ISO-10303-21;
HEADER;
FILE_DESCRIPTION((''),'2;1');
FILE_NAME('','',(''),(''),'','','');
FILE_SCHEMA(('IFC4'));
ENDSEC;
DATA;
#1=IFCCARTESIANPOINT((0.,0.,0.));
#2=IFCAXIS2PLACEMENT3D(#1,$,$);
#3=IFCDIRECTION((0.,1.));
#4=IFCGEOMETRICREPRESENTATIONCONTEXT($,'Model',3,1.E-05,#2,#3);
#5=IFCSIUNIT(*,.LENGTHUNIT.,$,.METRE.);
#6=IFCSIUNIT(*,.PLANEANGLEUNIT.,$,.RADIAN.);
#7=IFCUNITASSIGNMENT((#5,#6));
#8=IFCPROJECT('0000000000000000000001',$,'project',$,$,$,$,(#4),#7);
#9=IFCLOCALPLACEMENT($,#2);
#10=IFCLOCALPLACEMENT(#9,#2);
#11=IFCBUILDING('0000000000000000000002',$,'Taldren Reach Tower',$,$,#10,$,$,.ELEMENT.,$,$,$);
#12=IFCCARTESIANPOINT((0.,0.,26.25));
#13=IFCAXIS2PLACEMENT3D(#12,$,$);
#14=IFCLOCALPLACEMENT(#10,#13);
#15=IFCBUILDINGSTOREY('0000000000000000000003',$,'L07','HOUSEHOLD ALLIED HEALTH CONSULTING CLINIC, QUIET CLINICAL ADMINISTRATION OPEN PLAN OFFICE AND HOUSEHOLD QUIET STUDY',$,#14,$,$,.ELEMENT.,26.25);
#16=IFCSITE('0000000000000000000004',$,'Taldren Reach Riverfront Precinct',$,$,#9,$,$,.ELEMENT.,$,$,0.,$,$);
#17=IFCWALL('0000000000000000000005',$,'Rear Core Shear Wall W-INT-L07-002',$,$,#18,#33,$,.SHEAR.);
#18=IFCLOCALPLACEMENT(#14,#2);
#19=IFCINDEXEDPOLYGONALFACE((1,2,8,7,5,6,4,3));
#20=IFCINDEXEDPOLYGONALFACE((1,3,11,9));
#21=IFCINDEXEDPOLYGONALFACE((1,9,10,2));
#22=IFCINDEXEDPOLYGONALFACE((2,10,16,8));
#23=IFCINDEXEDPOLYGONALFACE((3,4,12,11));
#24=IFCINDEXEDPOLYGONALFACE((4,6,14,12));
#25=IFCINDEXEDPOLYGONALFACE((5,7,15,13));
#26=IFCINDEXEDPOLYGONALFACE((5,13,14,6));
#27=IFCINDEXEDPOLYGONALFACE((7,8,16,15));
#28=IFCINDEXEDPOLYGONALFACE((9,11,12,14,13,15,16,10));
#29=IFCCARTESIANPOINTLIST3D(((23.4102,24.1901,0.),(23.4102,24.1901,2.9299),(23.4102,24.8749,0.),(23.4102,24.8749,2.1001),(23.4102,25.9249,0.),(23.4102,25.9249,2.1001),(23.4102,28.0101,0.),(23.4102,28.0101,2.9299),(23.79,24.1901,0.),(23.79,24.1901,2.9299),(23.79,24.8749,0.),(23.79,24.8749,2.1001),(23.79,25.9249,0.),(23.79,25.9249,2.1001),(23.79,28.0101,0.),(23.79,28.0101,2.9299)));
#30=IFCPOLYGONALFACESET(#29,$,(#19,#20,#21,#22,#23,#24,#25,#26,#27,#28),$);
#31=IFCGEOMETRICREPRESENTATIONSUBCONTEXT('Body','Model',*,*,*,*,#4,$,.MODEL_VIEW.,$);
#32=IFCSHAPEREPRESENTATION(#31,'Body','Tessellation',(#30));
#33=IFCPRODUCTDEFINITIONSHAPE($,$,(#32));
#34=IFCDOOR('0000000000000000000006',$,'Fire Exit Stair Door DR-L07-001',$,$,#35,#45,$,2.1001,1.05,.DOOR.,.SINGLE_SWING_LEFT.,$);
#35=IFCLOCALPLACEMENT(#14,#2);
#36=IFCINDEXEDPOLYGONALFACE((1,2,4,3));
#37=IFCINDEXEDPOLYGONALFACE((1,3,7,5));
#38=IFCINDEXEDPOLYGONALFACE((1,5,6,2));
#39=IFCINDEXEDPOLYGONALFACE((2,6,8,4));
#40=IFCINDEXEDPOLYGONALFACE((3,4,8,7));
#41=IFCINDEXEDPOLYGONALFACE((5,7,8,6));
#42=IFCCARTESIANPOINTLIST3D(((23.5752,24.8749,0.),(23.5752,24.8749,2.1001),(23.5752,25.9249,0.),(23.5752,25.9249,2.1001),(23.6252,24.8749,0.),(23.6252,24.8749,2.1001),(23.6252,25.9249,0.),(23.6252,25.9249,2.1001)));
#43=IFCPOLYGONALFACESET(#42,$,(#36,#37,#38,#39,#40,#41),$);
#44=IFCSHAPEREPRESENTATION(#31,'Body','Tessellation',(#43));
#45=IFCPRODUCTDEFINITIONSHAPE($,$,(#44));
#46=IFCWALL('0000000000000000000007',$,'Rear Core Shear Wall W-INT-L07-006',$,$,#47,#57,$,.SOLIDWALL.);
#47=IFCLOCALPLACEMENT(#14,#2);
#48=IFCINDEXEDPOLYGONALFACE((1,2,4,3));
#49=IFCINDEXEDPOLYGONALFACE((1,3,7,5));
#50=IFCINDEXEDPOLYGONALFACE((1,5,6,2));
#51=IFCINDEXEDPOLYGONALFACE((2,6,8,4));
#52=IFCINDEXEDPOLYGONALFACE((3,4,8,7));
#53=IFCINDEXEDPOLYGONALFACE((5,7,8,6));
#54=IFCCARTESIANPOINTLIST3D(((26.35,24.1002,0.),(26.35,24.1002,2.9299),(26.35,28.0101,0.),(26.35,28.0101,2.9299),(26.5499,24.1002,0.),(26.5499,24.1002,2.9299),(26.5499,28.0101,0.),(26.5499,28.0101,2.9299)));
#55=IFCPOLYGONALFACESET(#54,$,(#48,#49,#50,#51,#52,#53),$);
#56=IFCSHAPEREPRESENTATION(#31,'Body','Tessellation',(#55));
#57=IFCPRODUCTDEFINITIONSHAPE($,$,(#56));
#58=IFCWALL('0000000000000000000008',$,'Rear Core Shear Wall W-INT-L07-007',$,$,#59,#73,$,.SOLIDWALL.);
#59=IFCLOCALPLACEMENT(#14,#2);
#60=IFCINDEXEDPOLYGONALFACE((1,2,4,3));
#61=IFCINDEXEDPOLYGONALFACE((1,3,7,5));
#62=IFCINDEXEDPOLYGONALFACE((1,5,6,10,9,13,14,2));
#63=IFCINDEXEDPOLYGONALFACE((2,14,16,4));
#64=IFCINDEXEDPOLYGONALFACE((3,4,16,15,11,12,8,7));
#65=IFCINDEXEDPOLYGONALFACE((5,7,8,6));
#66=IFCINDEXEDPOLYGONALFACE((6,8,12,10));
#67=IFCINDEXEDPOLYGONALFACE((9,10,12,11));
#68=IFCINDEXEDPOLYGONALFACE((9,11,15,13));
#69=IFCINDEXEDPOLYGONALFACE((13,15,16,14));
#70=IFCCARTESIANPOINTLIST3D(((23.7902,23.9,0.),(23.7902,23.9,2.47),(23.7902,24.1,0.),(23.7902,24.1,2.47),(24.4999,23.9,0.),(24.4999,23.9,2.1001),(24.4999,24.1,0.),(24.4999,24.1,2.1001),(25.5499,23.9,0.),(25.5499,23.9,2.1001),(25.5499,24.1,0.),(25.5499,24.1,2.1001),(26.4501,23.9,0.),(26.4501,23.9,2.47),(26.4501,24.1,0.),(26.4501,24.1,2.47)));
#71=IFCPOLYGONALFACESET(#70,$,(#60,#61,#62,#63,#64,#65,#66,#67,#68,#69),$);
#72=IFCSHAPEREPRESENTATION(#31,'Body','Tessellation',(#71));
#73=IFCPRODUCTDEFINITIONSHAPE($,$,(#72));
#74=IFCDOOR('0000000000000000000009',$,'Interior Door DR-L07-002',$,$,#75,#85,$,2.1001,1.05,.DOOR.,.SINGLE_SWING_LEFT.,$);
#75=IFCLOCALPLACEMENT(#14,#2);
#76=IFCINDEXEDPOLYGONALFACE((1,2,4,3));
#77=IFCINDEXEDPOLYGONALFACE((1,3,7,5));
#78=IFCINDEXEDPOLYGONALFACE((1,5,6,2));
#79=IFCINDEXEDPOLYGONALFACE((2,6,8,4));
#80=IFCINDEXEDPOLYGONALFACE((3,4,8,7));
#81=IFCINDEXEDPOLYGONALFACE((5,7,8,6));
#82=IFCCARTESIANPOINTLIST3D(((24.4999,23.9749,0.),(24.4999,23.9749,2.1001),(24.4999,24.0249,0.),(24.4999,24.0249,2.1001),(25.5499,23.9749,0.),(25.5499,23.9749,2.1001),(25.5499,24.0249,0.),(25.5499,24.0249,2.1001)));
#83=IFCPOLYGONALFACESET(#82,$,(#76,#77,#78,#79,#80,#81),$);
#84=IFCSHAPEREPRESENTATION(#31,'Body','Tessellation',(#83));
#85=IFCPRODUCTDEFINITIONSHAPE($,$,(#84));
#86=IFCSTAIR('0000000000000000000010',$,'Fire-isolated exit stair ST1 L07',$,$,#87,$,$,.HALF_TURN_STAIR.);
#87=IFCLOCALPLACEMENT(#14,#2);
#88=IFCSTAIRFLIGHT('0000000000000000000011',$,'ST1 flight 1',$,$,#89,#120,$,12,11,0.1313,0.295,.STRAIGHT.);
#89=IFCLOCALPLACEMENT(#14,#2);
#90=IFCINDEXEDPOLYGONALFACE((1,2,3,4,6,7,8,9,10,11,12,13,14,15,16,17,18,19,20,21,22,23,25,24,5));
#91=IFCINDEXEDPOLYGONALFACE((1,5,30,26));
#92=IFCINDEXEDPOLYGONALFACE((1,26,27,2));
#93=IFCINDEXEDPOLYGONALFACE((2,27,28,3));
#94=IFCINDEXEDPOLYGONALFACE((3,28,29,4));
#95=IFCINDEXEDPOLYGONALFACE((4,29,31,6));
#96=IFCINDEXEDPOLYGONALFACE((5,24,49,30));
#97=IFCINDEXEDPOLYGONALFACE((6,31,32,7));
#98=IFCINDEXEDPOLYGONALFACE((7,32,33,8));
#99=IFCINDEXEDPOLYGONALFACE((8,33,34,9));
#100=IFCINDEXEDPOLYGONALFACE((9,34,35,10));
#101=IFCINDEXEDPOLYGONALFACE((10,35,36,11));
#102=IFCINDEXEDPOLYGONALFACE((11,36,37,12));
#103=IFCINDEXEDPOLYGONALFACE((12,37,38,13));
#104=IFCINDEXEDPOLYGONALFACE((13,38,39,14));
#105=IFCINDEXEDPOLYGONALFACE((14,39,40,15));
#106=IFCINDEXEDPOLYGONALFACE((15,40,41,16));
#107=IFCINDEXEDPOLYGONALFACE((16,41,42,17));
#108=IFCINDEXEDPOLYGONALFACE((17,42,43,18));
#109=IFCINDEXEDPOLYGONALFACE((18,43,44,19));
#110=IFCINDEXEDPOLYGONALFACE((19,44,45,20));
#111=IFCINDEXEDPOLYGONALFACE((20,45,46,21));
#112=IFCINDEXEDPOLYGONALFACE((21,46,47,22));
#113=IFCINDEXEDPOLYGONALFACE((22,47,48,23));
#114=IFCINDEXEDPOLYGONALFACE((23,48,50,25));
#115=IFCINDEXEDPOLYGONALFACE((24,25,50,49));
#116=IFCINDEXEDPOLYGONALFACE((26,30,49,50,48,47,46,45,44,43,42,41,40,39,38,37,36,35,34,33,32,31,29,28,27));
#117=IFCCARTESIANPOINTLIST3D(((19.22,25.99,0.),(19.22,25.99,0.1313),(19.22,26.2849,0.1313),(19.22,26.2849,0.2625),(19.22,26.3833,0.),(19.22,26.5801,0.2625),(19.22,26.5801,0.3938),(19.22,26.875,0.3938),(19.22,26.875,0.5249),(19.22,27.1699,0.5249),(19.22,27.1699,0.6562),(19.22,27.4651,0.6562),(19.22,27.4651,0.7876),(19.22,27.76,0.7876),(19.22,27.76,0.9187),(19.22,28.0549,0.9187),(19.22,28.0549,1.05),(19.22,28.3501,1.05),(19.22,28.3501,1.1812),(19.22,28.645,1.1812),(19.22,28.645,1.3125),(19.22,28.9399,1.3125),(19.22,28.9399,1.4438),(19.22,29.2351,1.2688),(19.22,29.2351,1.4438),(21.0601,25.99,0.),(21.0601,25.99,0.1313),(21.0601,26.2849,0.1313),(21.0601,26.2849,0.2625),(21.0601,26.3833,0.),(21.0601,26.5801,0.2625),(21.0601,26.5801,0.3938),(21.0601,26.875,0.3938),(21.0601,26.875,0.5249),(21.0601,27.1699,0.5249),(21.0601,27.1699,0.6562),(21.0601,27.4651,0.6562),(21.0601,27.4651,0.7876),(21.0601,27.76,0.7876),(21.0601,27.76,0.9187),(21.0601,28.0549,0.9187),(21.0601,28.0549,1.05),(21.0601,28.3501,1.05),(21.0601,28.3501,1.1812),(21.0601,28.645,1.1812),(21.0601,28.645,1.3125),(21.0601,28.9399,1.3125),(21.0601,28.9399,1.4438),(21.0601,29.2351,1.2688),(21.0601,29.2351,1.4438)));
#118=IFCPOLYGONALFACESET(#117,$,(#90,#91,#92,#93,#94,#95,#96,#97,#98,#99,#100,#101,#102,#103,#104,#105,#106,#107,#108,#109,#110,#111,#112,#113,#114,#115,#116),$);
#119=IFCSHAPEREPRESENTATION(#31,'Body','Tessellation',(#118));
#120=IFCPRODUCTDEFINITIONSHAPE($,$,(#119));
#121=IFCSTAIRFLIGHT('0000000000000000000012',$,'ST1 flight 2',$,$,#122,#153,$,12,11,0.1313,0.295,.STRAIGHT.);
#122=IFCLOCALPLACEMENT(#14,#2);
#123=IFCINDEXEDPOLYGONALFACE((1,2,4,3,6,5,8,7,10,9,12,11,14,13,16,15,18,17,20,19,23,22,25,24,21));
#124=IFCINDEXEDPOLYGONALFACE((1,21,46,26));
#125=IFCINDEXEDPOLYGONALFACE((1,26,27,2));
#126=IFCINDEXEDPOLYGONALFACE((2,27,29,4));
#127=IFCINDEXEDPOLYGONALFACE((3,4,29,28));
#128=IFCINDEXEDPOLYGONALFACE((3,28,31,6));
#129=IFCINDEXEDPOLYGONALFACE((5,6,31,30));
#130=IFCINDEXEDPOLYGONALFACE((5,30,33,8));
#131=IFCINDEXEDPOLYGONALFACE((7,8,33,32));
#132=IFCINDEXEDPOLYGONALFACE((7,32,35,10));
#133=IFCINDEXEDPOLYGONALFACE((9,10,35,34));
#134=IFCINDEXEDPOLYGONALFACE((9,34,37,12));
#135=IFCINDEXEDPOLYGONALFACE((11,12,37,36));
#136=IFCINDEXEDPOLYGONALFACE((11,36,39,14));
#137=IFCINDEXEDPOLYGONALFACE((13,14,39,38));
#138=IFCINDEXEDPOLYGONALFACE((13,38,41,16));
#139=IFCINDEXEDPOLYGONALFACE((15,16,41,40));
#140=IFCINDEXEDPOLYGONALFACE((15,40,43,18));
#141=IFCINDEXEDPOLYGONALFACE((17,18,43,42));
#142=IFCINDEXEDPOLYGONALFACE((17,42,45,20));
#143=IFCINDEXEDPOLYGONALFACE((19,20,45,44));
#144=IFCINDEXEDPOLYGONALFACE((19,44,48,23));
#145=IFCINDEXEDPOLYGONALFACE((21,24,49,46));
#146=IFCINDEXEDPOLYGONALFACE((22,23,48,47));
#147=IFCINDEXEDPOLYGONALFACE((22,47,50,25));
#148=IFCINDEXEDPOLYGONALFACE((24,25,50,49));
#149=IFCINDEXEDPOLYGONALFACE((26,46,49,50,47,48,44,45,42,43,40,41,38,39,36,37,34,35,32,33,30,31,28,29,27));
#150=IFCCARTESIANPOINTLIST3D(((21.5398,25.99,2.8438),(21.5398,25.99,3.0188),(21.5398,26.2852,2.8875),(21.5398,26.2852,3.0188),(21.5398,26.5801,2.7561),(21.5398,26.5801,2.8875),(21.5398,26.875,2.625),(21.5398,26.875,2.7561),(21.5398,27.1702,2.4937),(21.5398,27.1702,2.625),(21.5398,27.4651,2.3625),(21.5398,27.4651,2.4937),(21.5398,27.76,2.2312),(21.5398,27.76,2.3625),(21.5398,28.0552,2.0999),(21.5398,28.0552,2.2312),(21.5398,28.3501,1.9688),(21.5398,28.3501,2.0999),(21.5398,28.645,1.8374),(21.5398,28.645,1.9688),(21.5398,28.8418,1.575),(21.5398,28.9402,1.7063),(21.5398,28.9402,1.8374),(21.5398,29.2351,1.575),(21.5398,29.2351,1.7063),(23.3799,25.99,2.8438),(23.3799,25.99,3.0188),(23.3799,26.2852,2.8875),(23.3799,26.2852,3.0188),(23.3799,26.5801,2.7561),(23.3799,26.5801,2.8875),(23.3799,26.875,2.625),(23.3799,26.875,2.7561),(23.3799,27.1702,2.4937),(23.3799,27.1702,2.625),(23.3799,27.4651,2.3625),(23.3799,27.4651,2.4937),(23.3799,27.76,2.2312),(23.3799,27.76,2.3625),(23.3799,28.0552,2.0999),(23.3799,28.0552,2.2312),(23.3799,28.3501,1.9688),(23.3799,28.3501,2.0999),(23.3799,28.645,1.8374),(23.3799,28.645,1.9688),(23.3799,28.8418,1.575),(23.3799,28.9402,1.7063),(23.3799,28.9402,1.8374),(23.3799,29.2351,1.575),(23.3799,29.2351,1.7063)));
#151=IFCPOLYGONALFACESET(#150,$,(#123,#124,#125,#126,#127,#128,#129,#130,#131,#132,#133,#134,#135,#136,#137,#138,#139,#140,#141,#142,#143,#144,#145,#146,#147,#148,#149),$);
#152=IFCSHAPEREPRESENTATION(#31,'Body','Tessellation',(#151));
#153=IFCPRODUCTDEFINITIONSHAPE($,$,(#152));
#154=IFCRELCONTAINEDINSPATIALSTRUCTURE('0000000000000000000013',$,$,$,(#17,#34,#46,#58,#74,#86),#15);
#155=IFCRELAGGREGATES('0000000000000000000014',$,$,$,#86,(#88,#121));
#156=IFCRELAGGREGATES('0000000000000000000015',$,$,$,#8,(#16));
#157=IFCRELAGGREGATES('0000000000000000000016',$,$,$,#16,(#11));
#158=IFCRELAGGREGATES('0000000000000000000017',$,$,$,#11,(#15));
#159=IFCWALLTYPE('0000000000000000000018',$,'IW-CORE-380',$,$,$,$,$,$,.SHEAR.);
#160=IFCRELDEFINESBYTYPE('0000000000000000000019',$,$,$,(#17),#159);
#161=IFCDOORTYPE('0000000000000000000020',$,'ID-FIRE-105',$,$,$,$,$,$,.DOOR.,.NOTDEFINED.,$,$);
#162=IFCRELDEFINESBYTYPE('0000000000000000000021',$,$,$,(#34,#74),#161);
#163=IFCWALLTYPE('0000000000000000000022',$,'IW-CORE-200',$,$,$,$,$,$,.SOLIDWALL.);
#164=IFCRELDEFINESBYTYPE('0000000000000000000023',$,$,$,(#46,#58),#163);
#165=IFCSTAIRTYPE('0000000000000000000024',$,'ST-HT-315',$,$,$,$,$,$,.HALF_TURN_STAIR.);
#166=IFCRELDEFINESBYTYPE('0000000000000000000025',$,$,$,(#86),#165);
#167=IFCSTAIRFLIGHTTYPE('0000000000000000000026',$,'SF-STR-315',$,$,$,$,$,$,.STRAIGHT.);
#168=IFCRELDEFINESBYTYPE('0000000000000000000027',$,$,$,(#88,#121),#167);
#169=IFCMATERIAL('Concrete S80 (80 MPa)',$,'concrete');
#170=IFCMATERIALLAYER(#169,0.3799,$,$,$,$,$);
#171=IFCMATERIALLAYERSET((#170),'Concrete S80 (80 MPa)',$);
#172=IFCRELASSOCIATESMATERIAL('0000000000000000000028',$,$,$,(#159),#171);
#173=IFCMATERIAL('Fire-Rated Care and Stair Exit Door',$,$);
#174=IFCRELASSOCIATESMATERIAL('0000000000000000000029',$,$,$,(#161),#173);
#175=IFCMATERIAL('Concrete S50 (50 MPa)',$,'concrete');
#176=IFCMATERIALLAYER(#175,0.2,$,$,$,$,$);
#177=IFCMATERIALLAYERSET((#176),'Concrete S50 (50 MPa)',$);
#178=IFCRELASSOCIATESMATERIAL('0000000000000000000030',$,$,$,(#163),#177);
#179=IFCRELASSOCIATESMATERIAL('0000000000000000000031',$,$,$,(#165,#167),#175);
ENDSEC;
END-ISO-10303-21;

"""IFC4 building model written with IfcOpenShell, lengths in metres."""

from ifc_helpers import new_model, si_unit, direction, frame, frame_2d, origin, place, context, subcontext, project, spatial, polyline, rectangle, outline, extrude, source, transform, mapped, material, layer, layer_set, type_object, element, fill, aggregate, save


model = new_model("IFC4")

# Units and contexts
model_context = context("Model", 3, precision=1e-05, world=origin(), true_north=direction((0.0, 1.0)))
body_context = subcontext(model_context, "Body", "Model", "MODEL_VIEW")
ifc_project = project(units=[si_unit("LENGTHUNIT", "METRE"), si_unit("PLANEANGLEUNIT", "RADIAN")], contexts=[model_context])

# Site, building, storey
site_placement = place(None, origin())
site = spatial("IfcSite", under=ifc_project, at=site_placement, Name="Taldren Reach Riverfront Precinct", CompositionType="ELEMENT", RefElevation=0.0)
building_placement = place(site_placement, origin())
building = spatial("IfcBuilding", under=site, at=building_placement, Name="Taldren Reach Tower", CompositionType="ELEMENT")
storey_placement = place(building_placement, frame((0.0, 0.0, 26.25)))
storey = spatial("IfcBuildingStorey", under=building, at=storey_placement, Name="L07", Description="HOUSEHOLD ALLIED HEALTH CONSULTING CLINIC, QUIET CLINICAL ADMINISTRATION OPEN PLAN OFFICE AND HOUSEHOLD QUIET STUDY", CompositionType="ELEMENT", Elevation=26.25)

# Shared definitions
ifc_material_1 = material(Name="Concrete S80 (80 MPa)", Category="concrete")
ifc_layer_1 = layer(ifc_material_1, 0.3799)
ifc_layer_set_1 = layer_set([ifc_layer_1], Name="Concrete S80 (80 MPa)")
wall_type_1 = type_object("IfcWallType", Name="IW-CORE-380", PredefinedType="SHEAR", material=ifc_layer_set_1)

# Wall, opening, door
shared_shape_1 = source(origin(), body_context, "Body", "SweptSolid", [
    extrude(rectangle(XDim=3.8201, YDim=0.3799, at=frame_2d((1.9102, 0.0))), origin(), (0.0, 0.0, 1.0), 2.9299),
])
wall_1_placement = place(storey_placement, frame((23.6001, 24.1899, 0.0), z_axis=(0.0, 0.0, 1.0), x_axis=(0.0, 1.0, 0.0)))
wall_1 = element("IfcWall", 1, at=wall_1_placement, inside=storey, type_object=wall_type_1, Name="Rear Core Shear Wall W-INT-L07-002", PredefinedType="SHEAR", context=body_context, shape_type="MappedRepresentation", body=[
    mapped(shared_shape_1, transform((0.0, 0.0, 0.0), scale=1.0)),
])
shared_shape_2 = source(origin(), body_context, "Body", "SweptSolid", [
    extrude(rectangle(XDim=1.05, YDim=2.1001, at=frame_2d((0.5249, 1.05))), frame((0.0, 0.2, 0.0), z_axis=(0.0, -1.0, 0.0), x_axis=(1.0, 0.0, 0.0)), (0.0, 0.0, 1.0), 0.3999),
])
opening_1_placement = place(wall_1_placement, frame((0.6851, 0.0, 0.0)))
opening_1 = element("IfcOpeningElement", 2, at=opening_1_placement, cuts=wall_1, PredefinedType="OPENING", context=body_context, shape_type="MappedRepresentation", body=[
    mapped(shared_shape_2, transform((0.0, 0.0, 0.0), scale=1.0)),
])
ifc_material_2 = material(Name="Fire-Rated Care and Stair Exit Door")
door_type_1 = type_object("IfcDoorType", Name="ID-FIRE-105", OperationType="NOTDEFINED", PredefinedType="DOOR", material=ifc_material_2)
shared_shape_3 = source(origin(), body_context, "Body", "SweptSolid", [
    extrude(rectangle(XDim=1.05, YDim=2.1001, at=frame_2d((0.5249, 1.05))), frame((0.0, 0.0249, 0.0), z_axis=(0.0, -1.0, 0.0), x_axis=(1.0, 0.0, 0.0)), (0.0, 0.0, 1.0), 0.05),
])
door_1_placement = place(opening_1_placement, origin())
door_1 = element("IfcDoor", 3, at=door_1_placement, inside=storey, type_object=door_type_1, Name="Fire Exit Stair Door DR-L07-001", OperationType="SINGLE_SWING_LEFT", OverallHeight=2.1001, OverallWidth=1.05, PredefinedType="DOOR", context=body_context, shape_type="MappedRepresentation", body=[
    mapped(shared_shape_3, transform((0.0, 0.0, 0.0), scale=1.0)),
])
fill(opening_1, door_1)

# Wall
ifc_material_3 = material(Name="Concrete S50 (50 MPa)", Category="concrete")
ifc_layer_2 = layer(ifc_material_3, 0.2)
ifc_layer_set_2 = layer_set([ifc_layer_2], Name="Concrete S50 (50 MPa)")
wall_type_2 = type_object("IfcWallType", Name="IW-CORE-200", PredefinedType="SOLIDWALL", material=ifc_layer_set_2)
shared_shape_4 = source(origin(), body_context, "Body", "SweptSolid", [
    extrude(rectangle(XDim=3.9099, YDim=0.2, at=frame_2d((1.9551, 0.0))), origin(), (0.0, 0.0, 1.0), 2.9299),
])
wall_2_placement = place(storey_placement, frame((26.45, 24.1001, 0.0), z_axis=(0.0, 0.0, 1.0), x_axis=(0.0, 1.0, 0.0)))
element("IfcWall", 4, at=wall_2_placement, inside=storey, type_object=wall_type_2, Name="Rear Core Shear Wall W-INT-L07-006", PredefinedType="SOLIDWALL", context=body_context, shape_type="MappedRepresentation", body=[
    mapped(shared_shape_4, transform((0.0, 0.0, 0.0), scale=1.0)),
])

# Wall, opening, door
shared_shape_5 = source(origin(), body_context, "Body", "SweptSolid", [
    extrude(rectangle(XDim=2.6599, YDim=0.2, at=frame_2d((1.3301, 0.0))), origin(), (0.0, 0.0, 1.0), 2.47),
])
wall_3_placement = place(storey_placement, frame((23.79, 24.0, 0.0), z_axis=(0.0, 0.0, 1.0), x_axis=(1.0, 0.0, 0.0)))
wall_3 = element("IfcWall", 5, at=wall_3_placement, inside=storey, type_object=wall_type_2, Name="Rear Core Shear Wall W-INT-L07-007", PredefinedType="SOLIDWALL", context=body_context, shape_type="MappedRepresentation", body=[
    mapped(shared_shape_5, transform((0.0, 0.0, 0.0), scale=1.0)),
])
shared_shape_6 = source(origin(), body_context, "Body", "SweptSolid", [
    extrude(rectangle(XDim=1.05, YDim=2.1001, at=frame_2d((0.5249, 1.05))), frame((0.0, 0.1099, 0.0), z_axis=(0.0, -1.0, 0.0), x_axis=(1.0, 0.0, 0.0)), (0.0, 0.0, 1.0), 0.22),
])
opening_2_placement = place(wall_3_placement, frame((0.71, 0.0, 0.0)))
opening_2 = element("IfcOpeningElement", 6, at=opening_2_placement, cuts=wall_3, PredefinedType="OPENING", context=body_context, shape_type="MappedRepresentation", body=[
    mapped(shared_shape_6, transform((0.0, 0.0, 0.0), scale=1.0)),
])
door_2_placement = place(opening_2_placement, origin())
door_2 = element("IfcDoor", 7, at=door_2_placement, inside=storey, type_object=door_type_1, Name="Interior Door DR-L07-002", OperationType="SINGLE_SWING_LEFT", OverallHeight=2.1001, OverallWidth=1.05, PredefinedType="DOOR", context=body_context, shape_type="MappedRepresentation", body=[
    mapped(shared_shape_3, transform((0.0, 0.0, 0.0), scale=1.0)),
])
fill(opening_2, door_2)

# Stair, stair flights
stair_type = type_object("IfcStairType", Name="ST-HT-315", PredefinedType="HALF_TURN_STAIR", material=ifc_material_3)
stair_placement = place(storey_placement, origin())
stair = element("IfcStair", 8, at=stair_placement, inside=storey, type_object=stair_type, Name="Fire-isolated exit stair ST1 L07", PredefinedType="HALF_TURN_STAIR")
stair_flight_type = type_object("IfcStairFlightType", Name="SF-STR-315", PredefinedType="STRAIGHT", material=ifc_material_3)
stair_flight_1_placement = place(storey_placement, frame((20.1399, 25.99, 0.0), z_axis=(0.0, 0.0, 1.0), x_axis=(0.0, 1.0, 0.0)))
stair_flight_1 = element("IfcStairFlight", 9, at=stair_flight_1_placement, type_object=stair_flight_type, Name="ST1 flight 1", NumberOfRisers=12, NumberOfTreads=11, PredefinedType="STRAIGHT", RiserHeight=0.1313, TreadLength=0.295, context=body_context, shape_type="SweptSolid", body=[
    extrude(outline(polyline([(0.0, 0.0), (0.0, 0.1313), (0.2949, 0.1313), (0.2949, 0.2625), (0.5901, 0.2625), (0.5901, 0.3938), (0.885, 0.3938), (0.885, 0.5249), (1.1799, 0.5249), (1.1799, 0.6562), (1.4751, 0.6562), (1.4751, 0.7876), (1.77, 0.7876), (1.77, 0.9187), (2.0649, 0.9187), (2.0649, 1.05), (2.3601, 1.05), (2.3601, 1.1812), (2.655, 1.1812), (2.655, 1.3125), (2.95, 1.3125), (2.95, 1.4438), (3.2451, 1.4438), (3.2451, 1.575), (3.2451, 1.2688), (0.3933, 0.0), (0.0, 0.0)])), frame((0.0, 0.9199, 0.0), z_axis=(0.0, -1.0, 0.0), x_axis=(1.0, 0.0, 0.0)), (0.0, 0.0, 1.0), 1.8401),
])
stair_flight_2_placement = place(storey_placement, frame((22.46, 29.2351, 1.575), z_axis=(0.0, 0.0, 1.0), x_axis=(0.0, -1.0, 0.0)))
stair_flight_2 = element("IfcStairFlight", 10, at=stair_flight_2_placement, type_object=stair_flight_type, Name="ST1 flight 2", NumberOfRisers=12, NumberOfTreads=11, PredefinedType="STRAIGHT", RiserHeight=0.1313, TreadLength=0.295, context=body_context, shape_type="SweptSolid", body=[
    extrude(outline(polyline([(0.0, 0.0), (0.0, 0.1313), (0.2949, 0.1313), (0.2949, 0.2625), (0.5901, 0.2625), (0.5901, 0.3938), (0.885, 0.3938), (0.885, 0.5249), (1.1799, 0.5249), (1.1799, 0.6562), (1.4751, 0.6562), (1.4751, 0.7876), (1.77, 0.7876), (1.77, 0.9187), (2.0649, 0.9187), (2.0649, 1.05), (2.3601, 1.05), (2.3601, 1.1812), (2.655, 1.1812), (2.655, 1.3125), (2.95, 1.3125), (2.95, 1.4438), (3.2451, 1.4438), (3.2451, 1.575), (3.2451, 1.2688), (0.3933, 0.0), (0.0, 0.0)])), frame((0.0, 0.9199, 0.0), z_axis=(0.0, -1.0, 0.0), x_axis=(1.0, 0.0, 0.0)), (0.0, 0.0, 1.0), 1.8401),
])
aggregate(stair, [stair_flight_1, stair_flight_2])

save(model, "model.ifc")
